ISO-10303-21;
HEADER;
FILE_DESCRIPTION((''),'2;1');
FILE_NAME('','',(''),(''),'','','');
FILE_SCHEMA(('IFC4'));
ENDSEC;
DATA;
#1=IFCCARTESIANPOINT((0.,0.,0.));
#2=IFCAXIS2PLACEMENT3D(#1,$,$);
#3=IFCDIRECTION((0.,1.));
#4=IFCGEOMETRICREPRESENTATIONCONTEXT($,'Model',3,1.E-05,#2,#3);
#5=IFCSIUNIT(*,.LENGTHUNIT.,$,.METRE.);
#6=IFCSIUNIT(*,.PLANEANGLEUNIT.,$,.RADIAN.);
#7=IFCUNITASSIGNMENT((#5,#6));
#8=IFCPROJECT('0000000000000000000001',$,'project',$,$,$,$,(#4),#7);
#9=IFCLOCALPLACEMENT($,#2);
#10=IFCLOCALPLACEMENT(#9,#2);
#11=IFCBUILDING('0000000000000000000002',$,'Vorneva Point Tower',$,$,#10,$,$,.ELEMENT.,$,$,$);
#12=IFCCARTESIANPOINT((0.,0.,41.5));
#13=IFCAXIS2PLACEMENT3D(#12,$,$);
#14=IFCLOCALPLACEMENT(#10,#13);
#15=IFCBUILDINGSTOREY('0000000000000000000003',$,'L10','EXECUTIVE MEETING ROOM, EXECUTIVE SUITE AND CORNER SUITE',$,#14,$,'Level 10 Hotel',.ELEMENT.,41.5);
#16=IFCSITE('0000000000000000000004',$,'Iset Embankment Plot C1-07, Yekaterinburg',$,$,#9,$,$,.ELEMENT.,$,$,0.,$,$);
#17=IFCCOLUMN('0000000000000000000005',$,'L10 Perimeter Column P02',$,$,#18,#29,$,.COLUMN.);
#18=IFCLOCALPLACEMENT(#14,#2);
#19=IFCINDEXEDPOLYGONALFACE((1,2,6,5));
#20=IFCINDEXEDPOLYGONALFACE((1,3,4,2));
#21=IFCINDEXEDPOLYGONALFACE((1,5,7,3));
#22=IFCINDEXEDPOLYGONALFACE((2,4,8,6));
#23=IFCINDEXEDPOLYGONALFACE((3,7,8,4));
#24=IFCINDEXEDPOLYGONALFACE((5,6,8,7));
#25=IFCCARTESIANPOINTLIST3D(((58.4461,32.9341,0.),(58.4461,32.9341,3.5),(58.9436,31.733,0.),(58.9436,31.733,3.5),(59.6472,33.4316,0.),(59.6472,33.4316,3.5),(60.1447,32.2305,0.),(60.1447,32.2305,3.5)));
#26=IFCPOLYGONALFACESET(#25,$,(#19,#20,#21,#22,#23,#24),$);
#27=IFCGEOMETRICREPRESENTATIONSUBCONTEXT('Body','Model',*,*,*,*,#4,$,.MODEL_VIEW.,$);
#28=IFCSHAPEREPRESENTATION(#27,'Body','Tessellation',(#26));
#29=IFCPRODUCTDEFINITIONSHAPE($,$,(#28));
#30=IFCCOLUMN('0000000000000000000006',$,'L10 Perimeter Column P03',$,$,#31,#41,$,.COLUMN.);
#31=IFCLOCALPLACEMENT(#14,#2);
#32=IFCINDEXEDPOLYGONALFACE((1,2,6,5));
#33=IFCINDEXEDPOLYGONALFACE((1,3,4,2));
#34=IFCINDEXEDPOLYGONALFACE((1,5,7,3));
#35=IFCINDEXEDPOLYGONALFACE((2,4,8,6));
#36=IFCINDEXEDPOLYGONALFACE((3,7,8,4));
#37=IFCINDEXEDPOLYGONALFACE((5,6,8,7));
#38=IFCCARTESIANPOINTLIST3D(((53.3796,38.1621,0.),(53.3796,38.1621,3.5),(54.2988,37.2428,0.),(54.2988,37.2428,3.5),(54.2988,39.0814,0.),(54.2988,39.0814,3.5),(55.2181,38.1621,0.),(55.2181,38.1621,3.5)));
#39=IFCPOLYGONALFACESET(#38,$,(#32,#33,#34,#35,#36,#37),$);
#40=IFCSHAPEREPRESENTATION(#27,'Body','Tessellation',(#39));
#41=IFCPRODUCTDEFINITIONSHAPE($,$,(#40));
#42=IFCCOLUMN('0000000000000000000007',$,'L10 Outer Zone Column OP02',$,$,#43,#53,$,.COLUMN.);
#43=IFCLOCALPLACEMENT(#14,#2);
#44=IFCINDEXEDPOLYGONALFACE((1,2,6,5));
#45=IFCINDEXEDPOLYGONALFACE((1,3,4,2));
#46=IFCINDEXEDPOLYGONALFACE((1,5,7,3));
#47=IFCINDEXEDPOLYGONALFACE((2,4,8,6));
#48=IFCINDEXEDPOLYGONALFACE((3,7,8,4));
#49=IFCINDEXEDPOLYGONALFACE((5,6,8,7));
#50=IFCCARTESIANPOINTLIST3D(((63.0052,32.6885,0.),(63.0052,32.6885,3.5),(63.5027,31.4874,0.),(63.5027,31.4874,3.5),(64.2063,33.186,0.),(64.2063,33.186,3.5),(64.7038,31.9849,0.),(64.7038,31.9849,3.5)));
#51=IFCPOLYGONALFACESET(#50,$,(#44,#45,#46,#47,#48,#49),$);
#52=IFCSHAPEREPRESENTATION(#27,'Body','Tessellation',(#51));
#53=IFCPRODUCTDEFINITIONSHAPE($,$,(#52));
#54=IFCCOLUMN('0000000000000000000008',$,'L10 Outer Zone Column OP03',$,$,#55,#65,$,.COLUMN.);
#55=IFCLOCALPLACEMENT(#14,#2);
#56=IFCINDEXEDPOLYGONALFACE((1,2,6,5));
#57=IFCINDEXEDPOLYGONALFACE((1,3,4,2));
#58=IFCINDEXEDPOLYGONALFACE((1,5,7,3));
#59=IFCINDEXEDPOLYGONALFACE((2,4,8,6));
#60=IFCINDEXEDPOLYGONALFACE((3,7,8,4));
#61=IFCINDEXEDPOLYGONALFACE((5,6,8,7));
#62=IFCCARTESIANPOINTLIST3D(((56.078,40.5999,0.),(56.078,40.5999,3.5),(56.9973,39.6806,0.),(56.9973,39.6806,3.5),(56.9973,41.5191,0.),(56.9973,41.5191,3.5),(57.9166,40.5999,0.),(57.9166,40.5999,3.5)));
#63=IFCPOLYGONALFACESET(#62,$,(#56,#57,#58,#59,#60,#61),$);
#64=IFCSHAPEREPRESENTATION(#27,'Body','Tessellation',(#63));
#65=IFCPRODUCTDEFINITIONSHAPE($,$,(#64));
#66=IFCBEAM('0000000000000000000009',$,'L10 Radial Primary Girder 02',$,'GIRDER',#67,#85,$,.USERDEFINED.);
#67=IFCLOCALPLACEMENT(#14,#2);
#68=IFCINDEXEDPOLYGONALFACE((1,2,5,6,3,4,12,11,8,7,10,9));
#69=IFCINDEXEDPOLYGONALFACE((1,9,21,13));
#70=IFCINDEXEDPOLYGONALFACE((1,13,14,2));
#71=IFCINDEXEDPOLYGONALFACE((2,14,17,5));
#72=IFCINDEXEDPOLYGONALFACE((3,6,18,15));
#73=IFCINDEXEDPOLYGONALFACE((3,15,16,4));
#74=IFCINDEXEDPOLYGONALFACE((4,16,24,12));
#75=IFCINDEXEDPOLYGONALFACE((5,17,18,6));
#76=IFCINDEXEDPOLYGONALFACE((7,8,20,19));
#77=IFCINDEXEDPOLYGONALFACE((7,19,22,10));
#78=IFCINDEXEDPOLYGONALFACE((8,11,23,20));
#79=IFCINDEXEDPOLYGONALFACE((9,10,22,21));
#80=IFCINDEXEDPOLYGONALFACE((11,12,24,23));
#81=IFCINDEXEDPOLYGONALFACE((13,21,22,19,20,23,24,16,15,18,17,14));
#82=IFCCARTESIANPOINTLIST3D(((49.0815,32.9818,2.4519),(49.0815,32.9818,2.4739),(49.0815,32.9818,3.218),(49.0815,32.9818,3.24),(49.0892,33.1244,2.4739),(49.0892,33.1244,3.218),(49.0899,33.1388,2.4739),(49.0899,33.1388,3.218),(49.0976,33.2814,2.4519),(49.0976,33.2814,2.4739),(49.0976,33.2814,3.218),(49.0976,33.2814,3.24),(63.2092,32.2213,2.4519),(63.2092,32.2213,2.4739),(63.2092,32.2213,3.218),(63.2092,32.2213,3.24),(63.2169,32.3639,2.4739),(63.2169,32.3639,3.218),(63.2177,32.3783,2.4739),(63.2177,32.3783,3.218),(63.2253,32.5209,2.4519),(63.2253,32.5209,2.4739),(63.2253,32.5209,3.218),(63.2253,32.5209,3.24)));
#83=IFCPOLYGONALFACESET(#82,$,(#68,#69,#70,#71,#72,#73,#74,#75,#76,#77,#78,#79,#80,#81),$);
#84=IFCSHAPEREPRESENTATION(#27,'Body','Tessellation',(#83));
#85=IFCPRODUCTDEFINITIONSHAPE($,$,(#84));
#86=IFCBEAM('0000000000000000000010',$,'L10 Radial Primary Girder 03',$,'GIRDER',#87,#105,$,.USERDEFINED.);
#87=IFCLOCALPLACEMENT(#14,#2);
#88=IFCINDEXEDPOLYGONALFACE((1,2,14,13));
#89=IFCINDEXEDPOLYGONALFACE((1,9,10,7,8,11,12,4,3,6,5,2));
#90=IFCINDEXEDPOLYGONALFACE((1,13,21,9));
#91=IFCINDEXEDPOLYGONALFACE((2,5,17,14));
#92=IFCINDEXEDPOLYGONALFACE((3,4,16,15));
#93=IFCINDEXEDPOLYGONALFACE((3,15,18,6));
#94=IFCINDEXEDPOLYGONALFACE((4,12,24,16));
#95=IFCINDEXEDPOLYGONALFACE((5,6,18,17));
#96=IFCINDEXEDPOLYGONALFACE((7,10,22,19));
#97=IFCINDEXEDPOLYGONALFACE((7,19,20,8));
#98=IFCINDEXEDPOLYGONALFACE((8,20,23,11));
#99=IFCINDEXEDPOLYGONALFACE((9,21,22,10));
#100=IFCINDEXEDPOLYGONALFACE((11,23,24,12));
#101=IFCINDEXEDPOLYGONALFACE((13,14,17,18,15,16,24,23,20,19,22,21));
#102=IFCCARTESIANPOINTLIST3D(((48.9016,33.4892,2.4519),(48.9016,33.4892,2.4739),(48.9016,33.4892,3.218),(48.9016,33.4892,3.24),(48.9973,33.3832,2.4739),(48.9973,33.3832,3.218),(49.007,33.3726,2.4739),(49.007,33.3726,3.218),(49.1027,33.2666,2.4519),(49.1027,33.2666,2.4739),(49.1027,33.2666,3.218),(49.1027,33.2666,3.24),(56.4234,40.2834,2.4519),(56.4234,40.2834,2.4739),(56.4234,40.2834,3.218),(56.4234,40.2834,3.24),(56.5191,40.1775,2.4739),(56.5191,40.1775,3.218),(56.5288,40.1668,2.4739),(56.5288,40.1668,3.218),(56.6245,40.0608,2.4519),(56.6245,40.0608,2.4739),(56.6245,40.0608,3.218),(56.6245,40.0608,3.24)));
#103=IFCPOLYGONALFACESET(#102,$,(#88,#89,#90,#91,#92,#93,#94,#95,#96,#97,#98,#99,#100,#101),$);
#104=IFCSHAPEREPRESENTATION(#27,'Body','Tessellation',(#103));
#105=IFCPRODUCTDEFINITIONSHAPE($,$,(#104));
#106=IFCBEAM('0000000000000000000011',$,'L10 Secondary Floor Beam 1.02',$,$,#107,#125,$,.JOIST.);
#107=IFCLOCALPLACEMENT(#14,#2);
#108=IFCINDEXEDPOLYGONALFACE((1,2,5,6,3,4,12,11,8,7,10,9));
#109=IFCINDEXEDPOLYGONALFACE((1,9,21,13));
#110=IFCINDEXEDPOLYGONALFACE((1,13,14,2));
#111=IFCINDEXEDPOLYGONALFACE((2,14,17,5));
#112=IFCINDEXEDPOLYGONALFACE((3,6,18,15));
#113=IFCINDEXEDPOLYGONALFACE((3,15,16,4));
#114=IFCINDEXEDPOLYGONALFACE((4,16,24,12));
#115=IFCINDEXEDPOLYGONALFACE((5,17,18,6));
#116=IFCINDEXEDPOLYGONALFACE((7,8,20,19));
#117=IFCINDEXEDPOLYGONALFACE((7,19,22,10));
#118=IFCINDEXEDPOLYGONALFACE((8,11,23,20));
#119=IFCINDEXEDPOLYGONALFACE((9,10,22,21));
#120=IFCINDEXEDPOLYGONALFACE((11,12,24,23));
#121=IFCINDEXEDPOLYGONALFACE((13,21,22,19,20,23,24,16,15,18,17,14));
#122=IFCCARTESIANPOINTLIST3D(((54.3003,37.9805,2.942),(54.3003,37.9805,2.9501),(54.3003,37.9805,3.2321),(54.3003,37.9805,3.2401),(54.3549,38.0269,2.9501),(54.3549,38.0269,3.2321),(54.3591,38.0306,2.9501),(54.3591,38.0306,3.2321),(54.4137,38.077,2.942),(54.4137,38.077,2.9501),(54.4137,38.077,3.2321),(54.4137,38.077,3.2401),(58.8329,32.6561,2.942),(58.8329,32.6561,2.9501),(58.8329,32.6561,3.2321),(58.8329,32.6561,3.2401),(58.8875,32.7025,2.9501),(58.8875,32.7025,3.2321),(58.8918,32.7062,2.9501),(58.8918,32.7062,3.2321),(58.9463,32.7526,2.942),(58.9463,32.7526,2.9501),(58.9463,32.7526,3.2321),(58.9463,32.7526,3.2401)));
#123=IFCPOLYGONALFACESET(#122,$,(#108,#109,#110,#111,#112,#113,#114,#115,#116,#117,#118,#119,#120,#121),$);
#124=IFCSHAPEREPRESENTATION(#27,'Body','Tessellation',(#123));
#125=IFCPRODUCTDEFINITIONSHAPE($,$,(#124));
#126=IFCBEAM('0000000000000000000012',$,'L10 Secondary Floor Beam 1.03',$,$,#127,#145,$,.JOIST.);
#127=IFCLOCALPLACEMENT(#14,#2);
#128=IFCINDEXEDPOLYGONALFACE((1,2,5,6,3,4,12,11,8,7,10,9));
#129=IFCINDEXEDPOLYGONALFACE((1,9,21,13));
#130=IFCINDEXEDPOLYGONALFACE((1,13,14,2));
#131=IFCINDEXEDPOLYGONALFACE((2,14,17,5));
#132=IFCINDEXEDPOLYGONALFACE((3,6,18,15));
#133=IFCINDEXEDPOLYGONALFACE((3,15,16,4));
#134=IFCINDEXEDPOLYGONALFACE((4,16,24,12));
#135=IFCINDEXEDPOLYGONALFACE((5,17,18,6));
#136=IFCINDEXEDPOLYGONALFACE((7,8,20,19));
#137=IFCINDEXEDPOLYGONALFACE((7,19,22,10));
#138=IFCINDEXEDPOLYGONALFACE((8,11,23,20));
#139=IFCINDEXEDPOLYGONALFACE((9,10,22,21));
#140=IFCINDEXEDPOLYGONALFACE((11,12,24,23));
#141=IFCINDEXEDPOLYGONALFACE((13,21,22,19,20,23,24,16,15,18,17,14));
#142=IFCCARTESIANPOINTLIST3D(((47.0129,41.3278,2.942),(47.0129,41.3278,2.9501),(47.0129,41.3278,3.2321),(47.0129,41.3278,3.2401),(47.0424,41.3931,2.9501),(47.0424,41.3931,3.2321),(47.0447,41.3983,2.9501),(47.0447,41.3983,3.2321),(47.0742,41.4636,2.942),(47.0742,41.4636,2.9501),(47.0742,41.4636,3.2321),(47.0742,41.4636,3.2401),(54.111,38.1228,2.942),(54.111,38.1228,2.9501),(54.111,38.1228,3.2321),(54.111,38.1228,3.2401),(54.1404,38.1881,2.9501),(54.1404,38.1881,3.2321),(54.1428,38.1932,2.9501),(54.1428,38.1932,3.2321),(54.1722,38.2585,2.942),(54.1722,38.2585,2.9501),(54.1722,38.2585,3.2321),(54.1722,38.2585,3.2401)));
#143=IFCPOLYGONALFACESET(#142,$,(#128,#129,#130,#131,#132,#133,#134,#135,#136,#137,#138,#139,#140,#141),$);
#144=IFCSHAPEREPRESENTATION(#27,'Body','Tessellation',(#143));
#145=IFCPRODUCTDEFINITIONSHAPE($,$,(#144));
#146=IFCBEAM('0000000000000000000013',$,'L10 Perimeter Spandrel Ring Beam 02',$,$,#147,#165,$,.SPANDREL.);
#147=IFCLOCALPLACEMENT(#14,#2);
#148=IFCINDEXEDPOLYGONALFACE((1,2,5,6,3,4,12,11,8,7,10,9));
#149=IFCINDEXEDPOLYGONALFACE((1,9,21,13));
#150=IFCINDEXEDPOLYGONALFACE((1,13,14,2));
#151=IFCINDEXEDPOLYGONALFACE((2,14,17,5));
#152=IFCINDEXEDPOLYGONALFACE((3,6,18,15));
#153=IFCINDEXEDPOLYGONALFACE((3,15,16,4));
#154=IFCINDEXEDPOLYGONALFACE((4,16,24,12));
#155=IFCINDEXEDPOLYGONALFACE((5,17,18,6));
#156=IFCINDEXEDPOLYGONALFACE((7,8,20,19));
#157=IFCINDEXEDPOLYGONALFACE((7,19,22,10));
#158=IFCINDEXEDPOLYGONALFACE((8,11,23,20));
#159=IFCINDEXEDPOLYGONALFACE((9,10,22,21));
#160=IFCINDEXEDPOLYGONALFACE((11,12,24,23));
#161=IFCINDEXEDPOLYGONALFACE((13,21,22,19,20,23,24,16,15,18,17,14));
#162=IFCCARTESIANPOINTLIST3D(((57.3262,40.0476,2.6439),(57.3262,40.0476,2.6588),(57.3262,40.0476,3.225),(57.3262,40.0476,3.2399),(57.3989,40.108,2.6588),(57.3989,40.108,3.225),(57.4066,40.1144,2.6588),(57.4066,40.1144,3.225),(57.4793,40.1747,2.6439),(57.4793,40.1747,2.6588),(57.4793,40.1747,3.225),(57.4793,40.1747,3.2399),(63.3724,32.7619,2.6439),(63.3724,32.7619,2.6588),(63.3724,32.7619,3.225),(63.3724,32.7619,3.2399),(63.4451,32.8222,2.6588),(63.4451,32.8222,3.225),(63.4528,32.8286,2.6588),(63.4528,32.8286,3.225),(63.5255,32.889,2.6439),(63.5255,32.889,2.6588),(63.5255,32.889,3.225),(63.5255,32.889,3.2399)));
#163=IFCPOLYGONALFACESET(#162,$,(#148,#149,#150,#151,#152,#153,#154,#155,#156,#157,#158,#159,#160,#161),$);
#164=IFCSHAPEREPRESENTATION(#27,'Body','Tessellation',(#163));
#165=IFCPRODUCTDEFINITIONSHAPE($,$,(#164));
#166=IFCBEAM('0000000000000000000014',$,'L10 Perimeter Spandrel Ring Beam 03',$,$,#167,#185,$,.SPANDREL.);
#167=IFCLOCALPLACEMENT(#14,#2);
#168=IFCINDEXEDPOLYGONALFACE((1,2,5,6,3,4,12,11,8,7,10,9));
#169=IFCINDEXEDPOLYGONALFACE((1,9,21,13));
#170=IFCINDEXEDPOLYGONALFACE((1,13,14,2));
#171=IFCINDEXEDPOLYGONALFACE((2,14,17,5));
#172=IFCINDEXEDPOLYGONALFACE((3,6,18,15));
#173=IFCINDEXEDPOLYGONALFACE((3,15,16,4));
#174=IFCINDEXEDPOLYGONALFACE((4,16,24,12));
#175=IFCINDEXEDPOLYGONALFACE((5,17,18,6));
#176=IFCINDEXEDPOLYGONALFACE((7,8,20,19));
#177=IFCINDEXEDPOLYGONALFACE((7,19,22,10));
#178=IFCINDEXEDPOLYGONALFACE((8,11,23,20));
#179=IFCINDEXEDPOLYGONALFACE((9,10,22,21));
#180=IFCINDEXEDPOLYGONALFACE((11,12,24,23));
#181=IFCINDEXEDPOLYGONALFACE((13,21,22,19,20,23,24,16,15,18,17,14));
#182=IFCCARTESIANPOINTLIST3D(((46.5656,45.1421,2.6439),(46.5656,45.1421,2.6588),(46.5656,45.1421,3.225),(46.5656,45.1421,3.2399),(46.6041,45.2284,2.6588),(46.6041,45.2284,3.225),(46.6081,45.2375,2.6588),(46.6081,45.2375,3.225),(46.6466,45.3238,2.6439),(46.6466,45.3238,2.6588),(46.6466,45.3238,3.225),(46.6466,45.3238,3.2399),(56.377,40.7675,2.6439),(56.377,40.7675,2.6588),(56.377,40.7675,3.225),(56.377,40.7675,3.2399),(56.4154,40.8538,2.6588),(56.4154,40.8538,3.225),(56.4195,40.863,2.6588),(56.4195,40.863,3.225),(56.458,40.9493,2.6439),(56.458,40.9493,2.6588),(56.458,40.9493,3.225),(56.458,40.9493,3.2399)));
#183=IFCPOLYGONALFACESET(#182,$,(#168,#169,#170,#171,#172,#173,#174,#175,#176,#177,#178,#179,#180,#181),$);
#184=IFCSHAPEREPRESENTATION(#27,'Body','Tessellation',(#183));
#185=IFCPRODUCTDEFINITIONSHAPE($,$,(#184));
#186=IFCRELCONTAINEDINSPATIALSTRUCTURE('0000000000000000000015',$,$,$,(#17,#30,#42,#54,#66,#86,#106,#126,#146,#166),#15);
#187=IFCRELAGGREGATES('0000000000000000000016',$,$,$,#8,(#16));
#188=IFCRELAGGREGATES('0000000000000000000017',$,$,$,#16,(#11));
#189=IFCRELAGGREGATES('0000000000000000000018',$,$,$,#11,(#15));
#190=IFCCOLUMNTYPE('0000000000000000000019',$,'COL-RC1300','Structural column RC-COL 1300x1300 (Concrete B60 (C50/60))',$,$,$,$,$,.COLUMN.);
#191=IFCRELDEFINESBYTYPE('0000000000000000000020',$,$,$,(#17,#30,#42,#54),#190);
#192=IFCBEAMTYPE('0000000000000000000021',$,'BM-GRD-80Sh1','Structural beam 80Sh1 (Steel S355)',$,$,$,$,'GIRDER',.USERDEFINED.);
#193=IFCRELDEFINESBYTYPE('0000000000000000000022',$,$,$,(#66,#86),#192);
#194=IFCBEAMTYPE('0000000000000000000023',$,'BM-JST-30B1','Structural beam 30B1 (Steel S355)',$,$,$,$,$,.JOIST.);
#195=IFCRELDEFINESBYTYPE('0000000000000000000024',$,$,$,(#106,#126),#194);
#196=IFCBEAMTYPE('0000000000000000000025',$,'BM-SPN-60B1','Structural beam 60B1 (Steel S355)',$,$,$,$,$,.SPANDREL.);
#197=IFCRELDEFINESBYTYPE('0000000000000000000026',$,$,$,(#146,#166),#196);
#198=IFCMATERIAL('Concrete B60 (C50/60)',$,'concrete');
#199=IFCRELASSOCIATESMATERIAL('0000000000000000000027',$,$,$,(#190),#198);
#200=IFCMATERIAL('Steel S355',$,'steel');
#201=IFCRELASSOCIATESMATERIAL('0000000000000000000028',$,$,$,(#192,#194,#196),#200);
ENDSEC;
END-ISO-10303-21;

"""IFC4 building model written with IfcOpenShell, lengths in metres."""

from ifc_helpers import new_model, si_unit, direction, frame, origin, origin_2d, place, context, subcontext, project, spatial, rectangle, i_section, extrude, material, material_profile, profile_set, type_object, element, save


model = new_model("IFC4")

# Units and contexts
model_context = context("Model", 3, precision=1e-05, world=origin(), true_north=direction((0.0, 1.0)))
body_context = subcontext(model_context, "Body", "Model", "MODEL_VIEW")
ifc_project = project(units=[si_unit("LENGTHUNIT", "METRE"), si_unit("PLANEANGLEUNIT", "RADIAN")], contexts=[model_context])

# Site, building, storey
site_placement = place(None, origin())
site = spatial("IfcSite", under=ifc_project, at=site_placement, Name="Iset Embankment Plot C1-07, Yekaterinburg", CompositionType="ELEMENT", RefElevation=0.0)
building_placement = place(site_placement, origin())
building = spatial("IfcBuilding", under=site, at=building_placement, Name="Vorneva Point Tower", CompositionType="ELEMENT")
storey_placement = place(building_placement, frame((0.0, 0.0, 41.5)))
storey = spatial("IfcBuildingStorey", under=building, at=storey_placement, Name="L10", Description="EXECUTIVE MEETING ROOM, EXECUTIVE SUITE AND CORNER SUITE", LongName="Level 10 Hotel", CompositionType="ELEMENT", Elevation=41.5)

# Columns
ifc_material_1 = material(Name="Concrete B60 (C50/60)", Category="concrete")
ifc_material_profile_1 = material_profile(ifc_material_1, rectangle(XDim=1.3, YDim=1.3, at=origin_2d()), Name="RC-COL 1300x1300")
ifc_profile_set_1 = profile_set([ifc_material_profile_1], Name="Concrete B60 (C50/60)")
column_type = type_object("IfcColumnType", Name="COL-RC1300", Description="Structural column RC-COL 1300x1300 (Concrete B60 (C50/60))", PredefinedType="COLUMN", material=ifc_profile_set_1)
for number, where, z_axis, x_axis, name in (
    (1, (59.2954, 32.5823, 0.0), (0.0, 0.0, 1.0), (0.92388, 0.382683, 0.0), "L10 Perimeter Column P02"),
    (2, (54.2988, 38.1621, 0.0), (0.0, 0.0, 1.0), (0.707107, 0.707107, 0.0), "L10 Perimeter Column P03"),
    (3, (63.8545, 32.3367, 0.0), (0.0, 0.0, 1.0), (0.92388, 0.382683, 0.0), "L10 Outer Zone Column OP02"),
    (4, (56.9973, 40.5999, 0.0), (0.0, 0.0, 1.0), (0.707107, 0.707107, 0.0), "L10 Outer Zone Column OP03"),
):
    element("IfcColumn", number, at=place(storey_placement, frame(where, z_axis=z_axis, x_axis=x_axis)), inside=storey, type_object=column_type, Name=name, PredefinedType="COLUMN", context=body_context, shape_type="SweptSolid", body=[
        extrude(rectangle(XDim=1.3, YDim=1.3, at=origin_2d()), origin(), (0.0, 0.0, 1.0), 3.5),
    ])

# Beams
ifc_material_2 = material(Name="Steel S355", Category="steel")
ifc_material_profile_2 = material_profile(ifc_material_2, i_section(OverallWidth=0.3, OverallDepth=0.7881, WebThickness=0.0144, FlangeThickness=0.022, at=origin_2d()), Name="80Sh1")
ifc_profile_set_2 = profile_set([ifc_material_profile_2], Name="Steel S355")
beam_type_1 = type_object("IfcBeamType", Name="BM-GRD-80Sh1", Description="Structural beam 80Sh1 (Steel S355)", ElementType="GIRDER", PredefinedType="USERDEFINED", material=ifc_profile_set_2)
beam_1_placement = place(storey_placement, frame((63.2173, 32.3711, 2.8459), z_axis=(-0.998554, 0.053753, 0.0), x_axis=(-0.053753, -0.998554, 0.0)))
element("IfcBeam", 5, at=beam_1_placement, inside=storey, type_object=beam_type_1, Name="L10 Radial Primary Girder 02", ObjectType="GIRDER", PredefinedType="USERDEFINED", context=body_context, shape_type="SweptSolid", body=[
    extrude(i_section(OverallWidth=0.3, OverallDepth=0.7881, WebThickness=0.0144, FlangeThickness=0.022, at=origin_2d()), origin(), (0.0, 0.0, 1.0), 14.1482),
])
beam_2_placement = place(storey_placement, frame((56.5239, 40.1721, 2.8459), z_axis=(-0.742084, -0.670306, 0.0), x_axis=(0.670306, -0.742084, 0.0)))
element("IfcBeam", 6, at=beam_2_placement, inside=storey, type_object=beam_type_1, Name="L10 Radial Primary Girder 03", ObjectType="GIRDER", PredefinedType="USERDEFINED", context=body_context, shape_type="SweptSolid", body=[
    extrude(i_section(OverallWidth=0.3, OverallDepth=0.7881, WebThickness=0.0144, FlangeThickness=0.022, at=origin_2d()), origin(), (0.0, 0.0, 1.0), 10.136),
])
ifc_material_profile_3 = material_profile(ifc_material_2, i_section(OverallWidth=0.1489, OverallDepth=0.2981, WebThickness=0.0056, FlangeThickness=0.0081, at=origin_2d()), Name="30B1")
ifc_profile_set_3 = profile_set([ifc_material_profile_3], Name="Steel S355")
beam_type_2 = type_object("IfcBeamType", Name="BM-JST-30B1", Description="Structural beam 30B1 (Steel S355)", PredefinedType="JOIST", material=ifc_profile_set_3)
beam_3_placement = place(storey_placement, frame((58.8896, 32.7043, 3.0911), z_axis=(-0.648223, 0.761451, 0.0), x_axis=(-0.761451, -0.648223, 0.0)))
element("IfcBeam", 7, at=beam_3_placement, inside=storey, type_object=beam_type_2, Name="L10 Secondary Floor Beam 1.02", PredefinedType="JOIST", context=body_context, shape_type="SweptSolid", body=[
    extrude(i_section(OverallWidth=0.1489, OverallDepth=0.2981, WebThickness=0.0056, FlangeThickness=0.0081, at=origin_2d()), origin(), (0.0, 0.0, 1.0), 6.9924),
])
beam_4_placement = place(storey_placement, frame((54.1416, 38.1907, 3.0911), z_axis=(-0.911396, 0.41153, 0.0), x_axis=(-0.41153, -0.911396, 0.0)))
element("IfcBeam", 8, at=beam_4_placement, inside=storey, type_object=beam_type_2, Name="L10 Secondary Floor Beam 1.03", PredefinedType="JOIST", context=body_context, shape_type="SweptSolid", body=[
    extrude(i_section(OverallWidth=0.1489, OverallDepth=0.2981, WebThickness=0.0056, FlangeThickness=0.0081, at=origin_2d()), origin(), (0.0, 0.0, 1.0), 7.7881),
])
ifc_material_profile_4 = material_profile(ifc_material_2, i_section(OverallWidth=0.199, OverallDepth=0.5959, WebThickness=0.01, FlangeThickness=0.0149, at=origin_2d()), Name="60B1")
ifc_profile_set_4 = profile_set([ifc_material_profile_4], Name="Steel S355")
beam_type_3 = type_object("IfcBeamType", Name="BM-SPN-60B1", Description="Structural beam 60B1 (Steel S355)", PredefinedType="SPANDREL", material=ifc_profile_set_4)
beam_5_placement = place(storey_placement, frame((63.449, 32.8254, 2.9419), z_axis=(-0.63861, 0.76953, 0.0), x_axis=(-0.76953, -0.63861, 0.0)))
element("IfcBeam", 9, at=beam_5_placement, inside=storey, type_object=beam_type_3, Name="L10 Perimeter Spandrel Ring Beam 02", PredefinedType="SPANDREL", context=body_context, shape_type="SweptSolid", body=[
    extrude(i_section(OverallWidth=0.199, OverallDepth=0.5959, WebThickness=0.01, FlangeThickness=0.0149, at=origin_2d()), origin(), (0.0, 0.0, 1.0), 9.4678),
])
beam_6_placement = place(storey_placement, frame((56.4175, 40.8584, 2.9419), z_axis=(-0.913329, 0.407222, 0.0), x_axis=(-0.407222, -0.913329, 0.0)))
element("IfcBeam", 10, at=beam_6_placement, inside=storey, type_object=beam_type_3, Name="L10 Perimeter Spandrel Ring Beam 03", PredefinedType="SPANDREL", context=body_context, shape_type="SweptSolid", body=[
    extrude(i_section(OverallWidth=0.199, OverallDepth=0.5959, WebThickness=0.01, FlangeThickness=0.0149, at=origin_2d()), origin(), (0.0, 0.0, 1.0), 10.7424),
])

save(model, "model.ifc")
